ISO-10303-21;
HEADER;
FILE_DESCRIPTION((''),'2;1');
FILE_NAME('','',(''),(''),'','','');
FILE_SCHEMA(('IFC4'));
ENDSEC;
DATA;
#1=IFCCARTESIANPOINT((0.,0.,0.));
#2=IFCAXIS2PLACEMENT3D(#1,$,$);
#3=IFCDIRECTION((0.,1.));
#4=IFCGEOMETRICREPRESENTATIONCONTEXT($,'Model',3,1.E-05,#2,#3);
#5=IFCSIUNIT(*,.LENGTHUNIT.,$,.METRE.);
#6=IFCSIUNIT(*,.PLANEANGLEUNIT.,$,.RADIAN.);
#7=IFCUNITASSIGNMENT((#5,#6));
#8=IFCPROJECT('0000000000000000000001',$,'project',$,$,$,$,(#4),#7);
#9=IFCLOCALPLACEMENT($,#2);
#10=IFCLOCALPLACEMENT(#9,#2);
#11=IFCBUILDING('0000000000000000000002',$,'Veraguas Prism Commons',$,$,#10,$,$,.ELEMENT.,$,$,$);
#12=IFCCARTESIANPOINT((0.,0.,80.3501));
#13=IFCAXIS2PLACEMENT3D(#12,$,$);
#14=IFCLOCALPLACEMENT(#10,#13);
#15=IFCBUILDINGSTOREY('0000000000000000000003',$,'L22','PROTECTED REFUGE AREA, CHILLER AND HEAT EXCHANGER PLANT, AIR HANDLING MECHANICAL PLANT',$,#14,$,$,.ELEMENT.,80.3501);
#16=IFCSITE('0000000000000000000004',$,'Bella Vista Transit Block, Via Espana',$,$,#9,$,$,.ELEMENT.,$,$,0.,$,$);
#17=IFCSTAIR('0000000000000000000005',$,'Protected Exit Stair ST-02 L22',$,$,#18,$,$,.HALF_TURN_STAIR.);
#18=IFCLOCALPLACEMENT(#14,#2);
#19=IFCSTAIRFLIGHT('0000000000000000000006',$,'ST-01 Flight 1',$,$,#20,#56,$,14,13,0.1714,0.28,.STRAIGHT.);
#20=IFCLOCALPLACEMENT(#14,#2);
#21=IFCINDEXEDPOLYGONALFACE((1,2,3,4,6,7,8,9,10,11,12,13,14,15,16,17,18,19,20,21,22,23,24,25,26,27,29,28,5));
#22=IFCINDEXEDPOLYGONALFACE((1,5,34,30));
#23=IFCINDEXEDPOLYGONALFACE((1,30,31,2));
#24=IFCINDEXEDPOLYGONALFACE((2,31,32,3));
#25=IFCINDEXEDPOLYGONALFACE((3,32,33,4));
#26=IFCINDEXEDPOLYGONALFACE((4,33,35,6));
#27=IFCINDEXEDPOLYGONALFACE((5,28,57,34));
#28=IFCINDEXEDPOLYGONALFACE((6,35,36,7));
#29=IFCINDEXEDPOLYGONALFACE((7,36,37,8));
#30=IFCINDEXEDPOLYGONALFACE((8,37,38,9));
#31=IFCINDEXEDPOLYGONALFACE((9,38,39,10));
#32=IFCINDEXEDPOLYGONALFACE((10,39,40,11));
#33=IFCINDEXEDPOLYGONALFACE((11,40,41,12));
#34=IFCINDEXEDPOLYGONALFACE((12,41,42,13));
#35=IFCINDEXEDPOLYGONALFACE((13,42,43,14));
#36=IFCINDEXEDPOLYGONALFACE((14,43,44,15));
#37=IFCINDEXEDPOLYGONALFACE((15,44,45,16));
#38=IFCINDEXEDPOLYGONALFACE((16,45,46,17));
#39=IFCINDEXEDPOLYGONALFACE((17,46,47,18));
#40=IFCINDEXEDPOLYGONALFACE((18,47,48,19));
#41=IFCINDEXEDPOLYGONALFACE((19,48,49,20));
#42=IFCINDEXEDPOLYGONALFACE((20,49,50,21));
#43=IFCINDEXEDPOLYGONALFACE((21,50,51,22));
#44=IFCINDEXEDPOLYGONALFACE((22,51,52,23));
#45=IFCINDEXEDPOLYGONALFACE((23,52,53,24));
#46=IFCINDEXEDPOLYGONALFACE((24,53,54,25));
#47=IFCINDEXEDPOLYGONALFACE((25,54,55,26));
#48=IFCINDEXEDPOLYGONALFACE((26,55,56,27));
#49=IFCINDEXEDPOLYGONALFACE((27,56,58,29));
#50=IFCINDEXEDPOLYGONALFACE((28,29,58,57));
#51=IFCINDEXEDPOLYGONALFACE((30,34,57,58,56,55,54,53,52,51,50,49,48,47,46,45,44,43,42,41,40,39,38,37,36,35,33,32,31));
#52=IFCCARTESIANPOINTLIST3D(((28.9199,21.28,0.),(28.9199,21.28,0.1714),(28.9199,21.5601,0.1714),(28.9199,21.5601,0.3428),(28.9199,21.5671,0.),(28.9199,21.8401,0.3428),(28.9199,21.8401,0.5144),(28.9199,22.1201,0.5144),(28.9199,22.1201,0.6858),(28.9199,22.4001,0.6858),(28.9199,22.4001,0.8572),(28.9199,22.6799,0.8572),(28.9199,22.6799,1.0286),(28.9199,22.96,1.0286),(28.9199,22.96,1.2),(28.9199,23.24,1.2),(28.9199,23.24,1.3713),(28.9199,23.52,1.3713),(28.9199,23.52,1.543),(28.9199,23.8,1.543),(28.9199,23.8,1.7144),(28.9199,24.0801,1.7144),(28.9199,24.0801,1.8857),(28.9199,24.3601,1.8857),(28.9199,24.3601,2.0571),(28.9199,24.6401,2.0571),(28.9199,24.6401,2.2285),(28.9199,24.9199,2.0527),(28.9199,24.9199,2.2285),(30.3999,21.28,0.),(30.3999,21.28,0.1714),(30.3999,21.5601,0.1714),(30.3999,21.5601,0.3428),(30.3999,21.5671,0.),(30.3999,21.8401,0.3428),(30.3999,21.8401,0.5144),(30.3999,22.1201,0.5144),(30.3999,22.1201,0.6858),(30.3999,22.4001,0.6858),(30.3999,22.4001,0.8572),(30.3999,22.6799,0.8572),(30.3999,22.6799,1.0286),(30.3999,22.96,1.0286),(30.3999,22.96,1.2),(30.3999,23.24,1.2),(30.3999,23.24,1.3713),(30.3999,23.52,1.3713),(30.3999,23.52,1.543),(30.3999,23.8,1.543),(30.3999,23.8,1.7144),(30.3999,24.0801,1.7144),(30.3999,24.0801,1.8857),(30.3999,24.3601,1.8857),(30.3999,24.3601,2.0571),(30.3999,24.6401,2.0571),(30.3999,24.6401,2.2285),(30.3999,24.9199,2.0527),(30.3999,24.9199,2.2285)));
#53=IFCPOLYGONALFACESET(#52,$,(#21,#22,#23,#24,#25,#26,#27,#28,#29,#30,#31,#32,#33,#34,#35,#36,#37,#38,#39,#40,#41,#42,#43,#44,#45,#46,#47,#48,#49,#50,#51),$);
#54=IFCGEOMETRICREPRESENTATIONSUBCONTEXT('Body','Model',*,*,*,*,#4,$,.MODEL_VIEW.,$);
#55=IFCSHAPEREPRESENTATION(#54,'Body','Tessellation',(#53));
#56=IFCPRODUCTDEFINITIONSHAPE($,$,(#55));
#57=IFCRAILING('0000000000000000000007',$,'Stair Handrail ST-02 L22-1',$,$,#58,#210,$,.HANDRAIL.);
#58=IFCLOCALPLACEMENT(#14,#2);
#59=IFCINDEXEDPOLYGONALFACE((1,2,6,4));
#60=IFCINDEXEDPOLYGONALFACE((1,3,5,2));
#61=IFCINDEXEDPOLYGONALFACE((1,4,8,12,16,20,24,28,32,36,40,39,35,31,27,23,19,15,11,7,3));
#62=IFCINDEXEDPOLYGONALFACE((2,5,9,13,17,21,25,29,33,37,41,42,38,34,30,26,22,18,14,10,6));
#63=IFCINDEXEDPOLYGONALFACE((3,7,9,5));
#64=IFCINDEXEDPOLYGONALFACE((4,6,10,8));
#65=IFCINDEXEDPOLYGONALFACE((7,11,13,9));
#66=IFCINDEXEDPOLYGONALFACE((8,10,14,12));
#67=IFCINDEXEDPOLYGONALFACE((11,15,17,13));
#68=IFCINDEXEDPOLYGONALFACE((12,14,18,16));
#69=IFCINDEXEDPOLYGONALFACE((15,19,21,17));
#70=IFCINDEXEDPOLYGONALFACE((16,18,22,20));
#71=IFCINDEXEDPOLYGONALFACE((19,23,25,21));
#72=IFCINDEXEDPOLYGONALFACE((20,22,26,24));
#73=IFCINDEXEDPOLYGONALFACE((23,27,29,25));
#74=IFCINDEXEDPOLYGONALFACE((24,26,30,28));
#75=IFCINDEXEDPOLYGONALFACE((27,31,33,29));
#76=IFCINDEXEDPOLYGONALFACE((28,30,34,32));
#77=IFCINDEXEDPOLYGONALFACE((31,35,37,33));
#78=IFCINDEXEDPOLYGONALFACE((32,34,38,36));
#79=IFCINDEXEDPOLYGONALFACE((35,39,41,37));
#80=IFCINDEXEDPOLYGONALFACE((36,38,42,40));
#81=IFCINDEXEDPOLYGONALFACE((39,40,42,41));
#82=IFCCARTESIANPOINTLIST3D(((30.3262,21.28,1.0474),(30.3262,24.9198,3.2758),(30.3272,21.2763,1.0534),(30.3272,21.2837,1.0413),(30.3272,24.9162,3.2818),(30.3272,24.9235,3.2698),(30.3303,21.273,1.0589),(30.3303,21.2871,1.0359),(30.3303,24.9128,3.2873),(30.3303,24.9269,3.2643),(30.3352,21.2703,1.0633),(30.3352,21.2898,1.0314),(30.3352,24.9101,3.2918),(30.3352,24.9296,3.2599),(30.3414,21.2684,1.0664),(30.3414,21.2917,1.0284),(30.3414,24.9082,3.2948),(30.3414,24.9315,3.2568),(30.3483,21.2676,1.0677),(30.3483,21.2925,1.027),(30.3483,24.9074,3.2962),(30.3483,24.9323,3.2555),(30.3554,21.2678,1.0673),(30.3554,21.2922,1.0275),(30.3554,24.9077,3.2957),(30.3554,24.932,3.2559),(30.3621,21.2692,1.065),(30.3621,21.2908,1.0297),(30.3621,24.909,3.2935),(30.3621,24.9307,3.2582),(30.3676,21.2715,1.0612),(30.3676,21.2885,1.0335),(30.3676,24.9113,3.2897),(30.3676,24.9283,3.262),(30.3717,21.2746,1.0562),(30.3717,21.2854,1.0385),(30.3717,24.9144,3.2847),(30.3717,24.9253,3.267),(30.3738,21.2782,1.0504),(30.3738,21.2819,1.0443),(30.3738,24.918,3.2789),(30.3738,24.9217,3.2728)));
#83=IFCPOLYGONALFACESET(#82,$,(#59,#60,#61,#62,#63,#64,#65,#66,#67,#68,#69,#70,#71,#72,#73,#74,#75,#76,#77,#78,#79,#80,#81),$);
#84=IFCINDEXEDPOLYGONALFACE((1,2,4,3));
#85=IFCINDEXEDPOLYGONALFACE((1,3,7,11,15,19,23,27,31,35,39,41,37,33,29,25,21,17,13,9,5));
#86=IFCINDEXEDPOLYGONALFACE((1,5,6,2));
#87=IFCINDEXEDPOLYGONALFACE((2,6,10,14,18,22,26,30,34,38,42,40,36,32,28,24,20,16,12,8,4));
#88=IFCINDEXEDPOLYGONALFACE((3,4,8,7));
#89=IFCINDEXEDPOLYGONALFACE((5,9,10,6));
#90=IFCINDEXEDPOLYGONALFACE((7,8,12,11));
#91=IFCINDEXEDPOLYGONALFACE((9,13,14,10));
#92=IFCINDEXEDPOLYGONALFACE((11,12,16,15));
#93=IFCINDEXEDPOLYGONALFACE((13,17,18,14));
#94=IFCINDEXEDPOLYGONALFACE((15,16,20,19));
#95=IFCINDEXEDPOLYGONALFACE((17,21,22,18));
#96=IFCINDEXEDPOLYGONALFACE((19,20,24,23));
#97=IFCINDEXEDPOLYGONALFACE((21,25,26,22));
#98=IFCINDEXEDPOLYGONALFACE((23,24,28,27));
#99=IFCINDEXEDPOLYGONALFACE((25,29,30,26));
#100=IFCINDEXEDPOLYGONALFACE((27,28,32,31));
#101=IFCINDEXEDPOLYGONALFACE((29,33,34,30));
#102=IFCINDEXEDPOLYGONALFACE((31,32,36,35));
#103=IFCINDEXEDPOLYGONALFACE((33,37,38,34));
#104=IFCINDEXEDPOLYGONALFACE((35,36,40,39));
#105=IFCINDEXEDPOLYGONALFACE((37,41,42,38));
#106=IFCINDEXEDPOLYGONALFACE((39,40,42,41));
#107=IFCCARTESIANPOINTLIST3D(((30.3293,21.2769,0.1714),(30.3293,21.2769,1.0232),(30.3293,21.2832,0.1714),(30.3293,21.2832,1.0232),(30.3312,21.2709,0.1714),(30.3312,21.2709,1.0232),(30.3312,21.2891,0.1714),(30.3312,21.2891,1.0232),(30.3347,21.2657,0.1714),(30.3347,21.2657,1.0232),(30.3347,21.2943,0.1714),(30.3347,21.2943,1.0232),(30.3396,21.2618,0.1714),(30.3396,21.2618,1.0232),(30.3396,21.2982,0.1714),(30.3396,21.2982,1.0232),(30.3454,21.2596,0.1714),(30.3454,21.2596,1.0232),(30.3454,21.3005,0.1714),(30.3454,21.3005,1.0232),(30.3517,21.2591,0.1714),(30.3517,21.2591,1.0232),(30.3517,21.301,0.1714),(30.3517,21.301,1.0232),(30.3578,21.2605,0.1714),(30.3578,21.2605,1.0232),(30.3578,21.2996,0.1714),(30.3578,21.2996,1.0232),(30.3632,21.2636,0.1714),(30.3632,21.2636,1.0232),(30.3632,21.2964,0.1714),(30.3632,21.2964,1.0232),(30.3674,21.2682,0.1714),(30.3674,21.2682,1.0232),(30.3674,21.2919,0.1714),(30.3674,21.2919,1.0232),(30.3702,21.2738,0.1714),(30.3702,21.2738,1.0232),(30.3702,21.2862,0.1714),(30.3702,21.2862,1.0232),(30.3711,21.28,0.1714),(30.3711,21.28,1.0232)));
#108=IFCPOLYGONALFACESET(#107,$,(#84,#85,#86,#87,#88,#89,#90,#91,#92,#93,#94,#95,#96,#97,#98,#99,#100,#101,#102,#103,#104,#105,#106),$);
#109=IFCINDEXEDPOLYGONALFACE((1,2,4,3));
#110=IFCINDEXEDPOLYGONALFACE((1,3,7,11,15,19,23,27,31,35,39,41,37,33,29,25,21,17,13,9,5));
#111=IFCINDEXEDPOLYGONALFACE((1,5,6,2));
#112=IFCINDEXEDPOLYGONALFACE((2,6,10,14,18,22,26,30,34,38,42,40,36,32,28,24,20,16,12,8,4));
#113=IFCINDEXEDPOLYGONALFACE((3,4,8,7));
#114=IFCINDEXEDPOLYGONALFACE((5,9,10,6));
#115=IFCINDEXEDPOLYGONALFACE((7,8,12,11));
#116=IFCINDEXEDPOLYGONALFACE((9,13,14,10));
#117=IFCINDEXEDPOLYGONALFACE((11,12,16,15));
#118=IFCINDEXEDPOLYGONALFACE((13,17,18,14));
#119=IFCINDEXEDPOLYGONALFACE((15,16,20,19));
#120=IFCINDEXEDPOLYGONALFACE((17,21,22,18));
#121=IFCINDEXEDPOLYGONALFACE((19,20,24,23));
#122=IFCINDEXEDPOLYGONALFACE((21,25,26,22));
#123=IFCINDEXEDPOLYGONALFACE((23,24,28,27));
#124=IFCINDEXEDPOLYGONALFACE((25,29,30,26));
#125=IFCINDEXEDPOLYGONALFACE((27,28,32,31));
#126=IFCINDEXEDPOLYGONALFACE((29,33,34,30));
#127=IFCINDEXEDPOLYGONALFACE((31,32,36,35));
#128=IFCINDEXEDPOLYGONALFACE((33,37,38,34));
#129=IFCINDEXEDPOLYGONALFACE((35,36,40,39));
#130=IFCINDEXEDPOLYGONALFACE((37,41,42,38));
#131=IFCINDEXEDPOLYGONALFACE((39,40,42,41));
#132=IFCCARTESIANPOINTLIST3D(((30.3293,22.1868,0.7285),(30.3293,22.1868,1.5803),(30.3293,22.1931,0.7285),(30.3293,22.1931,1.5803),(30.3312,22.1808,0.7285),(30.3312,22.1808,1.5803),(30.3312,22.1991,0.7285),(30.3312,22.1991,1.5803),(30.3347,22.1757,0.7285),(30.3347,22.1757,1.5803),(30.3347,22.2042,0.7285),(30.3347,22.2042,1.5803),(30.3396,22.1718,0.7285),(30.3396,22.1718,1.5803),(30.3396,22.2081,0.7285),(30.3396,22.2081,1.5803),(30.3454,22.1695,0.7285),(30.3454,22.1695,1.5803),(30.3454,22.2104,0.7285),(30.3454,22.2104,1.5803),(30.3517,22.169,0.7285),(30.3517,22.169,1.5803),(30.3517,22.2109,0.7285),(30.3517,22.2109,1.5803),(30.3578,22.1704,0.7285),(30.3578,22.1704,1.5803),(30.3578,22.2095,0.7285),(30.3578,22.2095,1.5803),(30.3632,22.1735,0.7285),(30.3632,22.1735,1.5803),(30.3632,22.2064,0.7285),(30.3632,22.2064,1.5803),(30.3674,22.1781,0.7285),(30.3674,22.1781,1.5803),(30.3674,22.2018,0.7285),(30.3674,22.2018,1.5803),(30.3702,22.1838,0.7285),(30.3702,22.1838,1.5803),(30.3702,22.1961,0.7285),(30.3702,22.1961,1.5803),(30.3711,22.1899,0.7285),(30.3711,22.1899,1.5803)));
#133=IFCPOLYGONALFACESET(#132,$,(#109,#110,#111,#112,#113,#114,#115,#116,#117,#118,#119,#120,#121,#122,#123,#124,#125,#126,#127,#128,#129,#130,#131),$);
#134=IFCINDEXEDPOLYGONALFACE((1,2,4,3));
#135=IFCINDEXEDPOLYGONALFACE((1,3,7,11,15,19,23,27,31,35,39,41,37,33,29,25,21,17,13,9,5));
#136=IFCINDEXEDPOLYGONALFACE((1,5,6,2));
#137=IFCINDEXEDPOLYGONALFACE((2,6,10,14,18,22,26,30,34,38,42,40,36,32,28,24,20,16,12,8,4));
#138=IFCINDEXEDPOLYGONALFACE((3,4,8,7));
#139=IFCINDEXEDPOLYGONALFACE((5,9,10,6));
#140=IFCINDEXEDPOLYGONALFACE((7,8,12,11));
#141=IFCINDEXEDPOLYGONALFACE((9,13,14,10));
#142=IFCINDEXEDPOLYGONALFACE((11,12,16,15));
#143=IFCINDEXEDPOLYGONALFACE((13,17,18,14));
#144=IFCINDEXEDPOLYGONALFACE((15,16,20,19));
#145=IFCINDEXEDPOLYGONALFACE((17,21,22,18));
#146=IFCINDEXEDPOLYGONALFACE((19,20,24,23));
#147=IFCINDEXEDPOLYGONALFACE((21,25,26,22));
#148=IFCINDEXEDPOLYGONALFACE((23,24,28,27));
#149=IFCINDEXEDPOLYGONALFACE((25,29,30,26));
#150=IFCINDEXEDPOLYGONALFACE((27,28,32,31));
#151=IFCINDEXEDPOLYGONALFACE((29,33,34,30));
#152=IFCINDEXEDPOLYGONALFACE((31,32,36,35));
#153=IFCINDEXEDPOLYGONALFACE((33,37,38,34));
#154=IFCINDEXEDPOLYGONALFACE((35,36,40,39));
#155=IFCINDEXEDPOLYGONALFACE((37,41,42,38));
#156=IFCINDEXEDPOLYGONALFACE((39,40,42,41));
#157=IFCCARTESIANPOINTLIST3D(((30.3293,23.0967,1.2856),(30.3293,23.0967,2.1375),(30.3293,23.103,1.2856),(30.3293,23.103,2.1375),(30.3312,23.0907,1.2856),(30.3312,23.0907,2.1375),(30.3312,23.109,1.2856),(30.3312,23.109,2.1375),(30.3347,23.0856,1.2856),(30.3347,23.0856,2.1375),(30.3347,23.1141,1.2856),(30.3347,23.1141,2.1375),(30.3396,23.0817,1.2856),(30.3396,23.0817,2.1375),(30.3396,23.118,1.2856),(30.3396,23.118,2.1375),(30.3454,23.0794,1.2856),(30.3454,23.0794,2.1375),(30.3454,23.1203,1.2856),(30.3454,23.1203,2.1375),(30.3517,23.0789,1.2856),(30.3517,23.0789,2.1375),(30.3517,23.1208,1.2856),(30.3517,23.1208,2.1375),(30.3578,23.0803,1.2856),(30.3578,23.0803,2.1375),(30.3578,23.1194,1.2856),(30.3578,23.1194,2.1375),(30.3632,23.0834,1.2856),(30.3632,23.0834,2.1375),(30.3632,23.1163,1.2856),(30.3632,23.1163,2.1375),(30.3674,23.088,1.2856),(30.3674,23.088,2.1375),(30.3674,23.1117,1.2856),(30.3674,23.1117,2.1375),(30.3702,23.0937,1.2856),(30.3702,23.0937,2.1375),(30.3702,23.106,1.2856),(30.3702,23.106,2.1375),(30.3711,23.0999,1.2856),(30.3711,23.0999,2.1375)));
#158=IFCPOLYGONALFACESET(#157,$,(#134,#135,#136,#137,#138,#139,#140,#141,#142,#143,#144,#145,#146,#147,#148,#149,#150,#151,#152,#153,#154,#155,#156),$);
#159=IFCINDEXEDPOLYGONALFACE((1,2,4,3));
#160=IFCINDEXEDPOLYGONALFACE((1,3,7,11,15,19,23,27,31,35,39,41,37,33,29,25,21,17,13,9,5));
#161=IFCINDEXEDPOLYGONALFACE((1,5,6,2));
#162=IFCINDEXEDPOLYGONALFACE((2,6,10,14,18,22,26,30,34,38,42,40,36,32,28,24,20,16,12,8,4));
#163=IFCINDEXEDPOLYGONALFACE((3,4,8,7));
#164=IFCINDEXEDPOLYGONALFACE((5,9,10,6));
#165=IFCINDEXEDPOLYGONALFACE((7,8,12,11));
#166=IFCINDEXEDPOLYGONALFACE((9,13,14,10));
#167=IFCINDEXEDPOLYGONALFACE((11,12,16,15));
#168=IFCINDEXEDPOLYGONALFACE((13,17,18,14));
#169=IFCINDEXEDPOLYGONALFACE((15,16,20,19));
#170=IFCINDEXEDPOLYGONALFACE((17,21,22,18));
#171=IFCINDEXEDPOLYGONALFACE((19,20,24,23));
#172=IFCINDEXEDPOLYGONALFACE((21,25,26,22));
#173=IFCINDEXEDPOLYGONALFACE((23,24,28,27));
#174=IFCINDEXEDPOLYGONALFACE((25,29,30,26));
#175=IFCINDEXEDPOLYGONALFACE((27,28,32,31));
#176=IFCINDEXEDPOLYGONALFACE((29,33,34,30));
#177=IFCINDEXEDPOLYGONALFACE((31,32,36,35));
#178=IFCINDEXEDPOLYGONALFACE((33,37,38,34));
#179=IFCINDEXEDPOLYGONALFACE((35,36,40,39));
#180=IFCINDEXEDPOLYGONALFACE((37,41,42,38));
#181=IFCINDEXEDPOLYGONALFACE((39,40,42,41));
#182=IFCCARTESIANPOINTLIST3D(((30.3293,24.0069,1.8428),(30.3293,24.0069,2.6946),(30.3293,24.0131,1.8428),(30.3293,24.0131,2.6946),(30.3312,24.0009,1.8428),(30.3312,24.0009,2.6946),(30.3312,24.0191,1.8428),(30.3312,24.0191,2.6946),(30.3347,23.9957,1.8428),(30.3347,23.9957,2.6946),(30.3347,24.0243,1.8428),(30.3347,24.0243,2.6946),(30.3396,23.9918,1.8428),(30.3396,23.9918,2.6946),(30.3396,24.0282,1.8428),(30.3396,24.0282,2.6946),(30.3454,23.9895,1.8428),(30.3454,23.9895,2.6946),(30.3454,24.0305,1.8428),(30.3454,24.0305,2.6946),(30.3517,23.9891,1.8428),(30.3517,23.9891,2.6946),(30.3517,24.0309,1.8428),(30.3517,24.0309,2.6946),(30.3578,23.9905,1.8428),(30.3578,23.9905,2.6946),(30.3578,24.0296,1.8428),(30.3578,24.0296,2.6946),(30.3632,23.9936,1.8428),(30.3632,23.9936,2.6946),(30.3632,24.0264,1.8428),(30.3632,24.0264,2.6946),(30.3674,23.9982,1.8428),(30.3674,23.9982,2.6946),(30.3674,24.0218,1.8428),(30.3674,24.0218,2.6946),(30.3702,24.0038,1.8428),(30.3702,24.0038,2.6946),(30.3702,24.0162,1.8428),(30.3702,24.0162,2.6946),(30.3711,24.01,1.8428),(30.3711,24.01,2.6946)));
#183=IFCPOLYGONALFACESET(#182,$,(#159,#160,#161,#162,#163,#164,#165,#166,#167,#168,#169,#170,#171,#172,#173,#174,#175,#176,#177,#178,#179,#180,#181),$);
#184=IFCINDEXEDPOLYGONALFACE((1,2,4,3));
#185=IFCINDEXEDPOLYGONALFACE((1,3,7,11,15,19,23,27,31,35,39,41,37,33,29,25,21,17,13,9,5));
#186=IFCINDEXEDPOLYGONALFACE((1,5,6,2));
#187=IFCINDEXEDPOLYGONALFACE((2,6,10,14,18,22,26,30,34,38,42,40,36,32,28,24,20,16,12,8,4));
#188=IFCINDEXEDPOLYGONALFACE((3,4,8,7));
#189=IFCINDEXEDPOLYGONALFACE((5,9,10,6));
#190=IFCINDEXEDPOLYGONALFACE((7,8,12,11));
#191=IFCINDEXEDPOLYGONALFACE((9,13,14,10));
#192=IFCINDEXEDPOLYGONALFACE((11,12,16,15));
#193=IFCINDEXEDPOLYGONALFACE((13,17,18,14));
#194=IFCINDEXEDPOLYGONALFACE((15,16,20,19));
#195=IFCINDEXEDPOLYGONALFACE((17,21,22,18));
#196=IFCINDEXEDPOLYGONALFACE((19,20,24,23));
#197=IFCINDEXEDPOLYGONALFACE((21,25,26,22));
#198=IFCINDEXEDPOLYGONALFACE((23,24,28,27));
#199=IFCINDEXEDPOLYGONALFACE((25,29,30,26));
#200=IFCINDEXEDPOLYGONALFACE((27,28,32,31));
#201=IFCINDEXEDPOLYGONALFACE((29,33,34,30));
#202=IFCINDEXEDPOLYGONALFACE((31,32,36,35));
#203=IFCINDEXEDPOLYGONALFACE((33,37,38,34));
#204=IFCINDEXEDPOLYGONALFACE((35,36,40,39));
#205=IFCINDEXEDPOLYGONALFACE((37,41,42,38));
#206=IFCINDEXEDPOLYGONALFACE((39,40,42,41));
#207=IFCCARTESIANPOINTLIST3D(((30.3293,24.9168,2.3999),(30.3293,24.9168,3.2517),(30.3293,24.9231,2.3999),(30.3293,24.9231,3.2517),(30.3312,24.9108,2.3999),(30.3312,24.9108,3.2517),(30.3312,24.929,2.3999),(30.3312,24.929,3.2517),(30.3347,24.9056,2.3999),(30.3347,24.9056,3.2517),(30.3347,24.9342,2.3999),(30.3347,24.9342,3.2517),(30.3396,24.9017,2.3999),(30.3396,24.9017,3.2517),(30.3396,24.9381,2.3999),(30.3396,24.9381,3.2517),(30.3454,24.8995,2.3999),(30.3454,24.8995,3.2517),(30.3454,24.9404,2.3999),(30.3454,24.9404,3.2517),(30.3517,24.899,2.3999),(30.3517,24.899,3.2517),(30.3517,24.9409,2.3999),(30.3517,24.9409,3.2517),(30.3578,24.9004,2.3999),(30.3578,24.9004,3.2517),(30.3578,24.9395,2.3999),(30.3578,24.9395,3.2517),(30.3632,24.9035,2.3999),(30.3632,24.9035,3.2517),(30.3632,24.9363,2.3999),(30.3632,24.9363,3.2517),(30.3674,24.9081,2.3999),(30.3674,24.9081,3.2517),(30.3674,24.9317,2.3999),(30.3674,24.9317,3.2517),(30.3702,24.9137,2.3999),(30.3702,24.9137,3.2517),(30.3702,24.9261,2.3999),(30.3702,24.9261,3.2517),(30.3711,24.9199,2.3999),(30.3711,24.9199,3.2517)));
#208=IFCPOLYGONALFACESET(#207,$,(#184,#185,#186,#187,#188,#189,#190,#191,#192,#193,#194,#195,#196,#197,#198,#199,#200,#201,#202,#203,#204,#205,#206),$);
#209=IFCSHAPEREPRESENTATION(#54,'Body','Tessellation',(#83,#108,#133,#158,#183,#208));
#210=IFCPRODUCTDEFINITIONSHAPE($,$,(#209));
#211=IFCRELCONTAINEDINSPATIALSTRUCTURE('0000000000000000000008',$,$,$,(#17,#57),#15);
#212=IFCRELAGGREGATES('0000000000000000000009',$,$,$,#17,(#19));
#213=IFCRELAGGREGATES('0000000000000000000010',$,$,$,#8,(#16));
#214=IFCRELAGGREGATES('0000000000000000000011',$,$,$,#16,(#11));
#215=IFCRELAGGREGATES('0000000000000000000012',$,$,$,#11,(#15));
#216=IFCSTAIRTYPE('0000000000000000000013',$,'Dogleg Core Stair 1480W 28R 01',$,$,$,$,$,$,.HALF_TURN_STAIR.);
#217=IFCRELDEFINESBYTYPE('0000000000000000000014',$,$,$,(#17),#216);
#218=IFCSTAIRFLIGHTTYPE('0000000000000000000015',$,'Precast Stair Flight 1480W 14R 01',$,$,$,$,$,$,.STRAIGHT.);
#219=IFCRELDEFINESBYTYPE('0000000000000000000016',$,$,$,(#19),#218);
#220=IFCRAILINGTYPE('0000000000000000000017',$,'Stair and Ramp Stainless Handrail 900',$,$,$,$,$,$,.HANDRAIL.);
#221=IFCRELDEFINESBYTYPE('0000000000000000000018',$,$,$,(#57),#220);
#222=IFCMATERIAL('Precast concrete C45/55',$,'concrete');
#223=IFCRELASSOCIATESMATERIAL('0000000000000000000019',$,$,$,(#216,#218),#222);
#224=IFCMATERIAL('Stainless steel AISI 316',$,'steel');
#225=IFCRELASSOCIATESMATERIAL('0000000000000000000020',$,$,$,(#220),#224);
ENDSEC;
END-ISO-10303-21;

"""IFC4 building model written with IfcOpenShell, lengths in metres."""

from ifc_helpers import new_model, si_unit, direction, frame, origin, origin_2d, place, context, subcontext, project, spatial, polyline, circle, outline, extrude, material, type_object, element, aggregate, save


model = new_model("IFC4")

# Units and contexts
model_context = context("Model", 3, precision=1e-05, world=origin(), true_north=direction((0.0, 1.0)))
body_context = subcontext(model_context, "Body", "Model", "MODEL_VIEW")
ifc_project = project(units=[si_unit("LENGTHUNIT", "METRE"), si_unit("PLANEANGLEUNIT", "RADIAN")], contexts=[model_context])

# Site, building, storey
site_placement = place(None, origin())
site = spatial("IfcSite", under=ifc_project, at=site_placement, Name="Bella Vista Transit Block, Via Espana", CompositionType="ELEMENT", RefElevation=0.0)
building_placement = place(site_placement, origin())
building = spatial("IfcBuilding", under=site, at=building_placement, Name="Veraguas Prism Commons", CompositionType="ELEMENT")
storey_placement = place(building_placement, frame((0.0, 0.0, 80.3501)))
storey = spatial("IfcBuildingStorey", under=building, at=storey_placement, Name="L22", Description="PROTECTED REFUGE AREA, CHILLER AND HEAT EXCHANGER PLANT, AIR HANDLING MECHANICAL PLANT", CompositionType="ELEMENT", Elevation=80.3501)

# Shared definitions
ifc_material_1 = material(Name="Stainless steel AISI 316", Category="steel")

# Stair, stair flight
ifc_material_2 = material(Name="Precast concrete C45/55", Category="concrete")
stair_type = type_object("IfcStairType", Name="Dogleg Core Stair 1480W 28R 01", PredefinedType="HALF_TURN_STAIR", material=ifc_material_2)
stair_placement = place(storey_placement, origin())
stair = element("IfcStair", 1, at=stair_placement, inside=storey, type_object=stair_type, Name="Protected Exit Stair ST-02 L22", PredefinedType="HALF_TURN_STAIR")
stair_flight_type = type_object("IfcStairFlightType", Name="Precast Stair Flight 1480W 14R 01", PredefinedType="STRAIGHT", material=ifc_material_2)
stair_flight_placement = place(storey_placement, frame((29.6599, 21.28, 0.0), z_axis=(0.0, 0.0, 1.0), x_axis=(0.0, 1.0, 0.0)))
stair_flight = element("IfcStairFlight", 2, at=stair_flight_placement, type_object=stair_flight_type, Name="ST-01 Flight 1", NumberOfRisers=14, NumberOfTreads=13, PredefinedType="STRAIGHT", RiserHeight=0.1714, TreadLength=0.28, context=body_context, shape_type="SweptSolid", body=[
    extrude(outline(polyline([(0.0, 0.0), (0.0, 0.1714), (0.28, 0.1714), (0.28, 0.3428), (0.5601, 0.3428), (0.5601, 0.5144), (0.8401, 0.5144), (0.8401, 0.6858), (1.1201, 0.6858), (1.1201, 0.8572), (1.3999, 0.8572), (1.3999, 1.0286), (1.6799, 1.0286), (1.6799, 1.2), (1.96, 1.2), (1.96, 1.3713), (2.24, 1.3713), (2.24, 1.543), (2.52, 1.543), (2.52, 1.7144), (2.8, 1.7144), (2.8, 1.8857), (3.0801, 1.8857), (3.0801, 2.0571), (3.3601, 2.0571), (3.3601, 2.2285), (3.6399, 2.2285), (3.6399, 2.3999), (3.6399, 2.0527), (0.2871, 0.0), (0.0, 0.0)])), frame((0.0, 0.74, 0.0), z_axis=(0.0, -1.0, 0.0), x_axis=(1.0, 0.0, 0.0)), (0.0, 0.0, 1.0), 1.48),
])
aggregate(stair, [stair_flight])

# Railing
railing_type_1 = type_object("IfcRailingType", Name="Stair and Ramp Stainless Handrail 900", PredefinedType="HANDRAIL", material=ifc_material_1)
railing_1_placement = place(storey_placement, frame((30.3501, 21.28, 0.1714)))
element("IfcRailing", 3, at=railing_1_placement, inside=storey, type_object=railing_type_1, Name="Stair Handrail ST-02 L22-1", PredefinedType="HANDRAIL", context=body_context, shape_type="SweptSolid", body=[
    extrude(circle(Radius=0.0239, at=origin_2d()), frame((0.0, 0.0, 0.876), z_axis=(0.0, 0.85285, 0.522156), x_axis=(-1.0, 0.0, 0.0)), (0.0, 0.0, 1.0), 4.2678),
    extrude(circle(Radius=0.021, at=origin_2d()), origin(), (0.0, 0.0, 1.0), 0.8518),
    extrude(circle(Radius=0.021, at=origin_2d()), frame((0.0, 0.9099, 0.5571)), (0.0, 0.0, 1.0), 0.8518),
    extrude(circle(Radius=0.021, at=origin_2d()), frame((0.0, 1.8198, 1.1143)), (0.0, 0.0, 1.0), 0.8518),
    extrude(circle(Radius=0.021, at=origin_2d()), frame((0.0, 2.73, 1.6714)), (0.0, 0.0, 1.0), 0.8518),
    extrude(circle(Radius=0.021, at=origin_2d()), frame((0.0, 3.6399, 2.2285)), (0.0, 0.0, 1.0), 0.8518),
])

save(model, "model.ifc")
